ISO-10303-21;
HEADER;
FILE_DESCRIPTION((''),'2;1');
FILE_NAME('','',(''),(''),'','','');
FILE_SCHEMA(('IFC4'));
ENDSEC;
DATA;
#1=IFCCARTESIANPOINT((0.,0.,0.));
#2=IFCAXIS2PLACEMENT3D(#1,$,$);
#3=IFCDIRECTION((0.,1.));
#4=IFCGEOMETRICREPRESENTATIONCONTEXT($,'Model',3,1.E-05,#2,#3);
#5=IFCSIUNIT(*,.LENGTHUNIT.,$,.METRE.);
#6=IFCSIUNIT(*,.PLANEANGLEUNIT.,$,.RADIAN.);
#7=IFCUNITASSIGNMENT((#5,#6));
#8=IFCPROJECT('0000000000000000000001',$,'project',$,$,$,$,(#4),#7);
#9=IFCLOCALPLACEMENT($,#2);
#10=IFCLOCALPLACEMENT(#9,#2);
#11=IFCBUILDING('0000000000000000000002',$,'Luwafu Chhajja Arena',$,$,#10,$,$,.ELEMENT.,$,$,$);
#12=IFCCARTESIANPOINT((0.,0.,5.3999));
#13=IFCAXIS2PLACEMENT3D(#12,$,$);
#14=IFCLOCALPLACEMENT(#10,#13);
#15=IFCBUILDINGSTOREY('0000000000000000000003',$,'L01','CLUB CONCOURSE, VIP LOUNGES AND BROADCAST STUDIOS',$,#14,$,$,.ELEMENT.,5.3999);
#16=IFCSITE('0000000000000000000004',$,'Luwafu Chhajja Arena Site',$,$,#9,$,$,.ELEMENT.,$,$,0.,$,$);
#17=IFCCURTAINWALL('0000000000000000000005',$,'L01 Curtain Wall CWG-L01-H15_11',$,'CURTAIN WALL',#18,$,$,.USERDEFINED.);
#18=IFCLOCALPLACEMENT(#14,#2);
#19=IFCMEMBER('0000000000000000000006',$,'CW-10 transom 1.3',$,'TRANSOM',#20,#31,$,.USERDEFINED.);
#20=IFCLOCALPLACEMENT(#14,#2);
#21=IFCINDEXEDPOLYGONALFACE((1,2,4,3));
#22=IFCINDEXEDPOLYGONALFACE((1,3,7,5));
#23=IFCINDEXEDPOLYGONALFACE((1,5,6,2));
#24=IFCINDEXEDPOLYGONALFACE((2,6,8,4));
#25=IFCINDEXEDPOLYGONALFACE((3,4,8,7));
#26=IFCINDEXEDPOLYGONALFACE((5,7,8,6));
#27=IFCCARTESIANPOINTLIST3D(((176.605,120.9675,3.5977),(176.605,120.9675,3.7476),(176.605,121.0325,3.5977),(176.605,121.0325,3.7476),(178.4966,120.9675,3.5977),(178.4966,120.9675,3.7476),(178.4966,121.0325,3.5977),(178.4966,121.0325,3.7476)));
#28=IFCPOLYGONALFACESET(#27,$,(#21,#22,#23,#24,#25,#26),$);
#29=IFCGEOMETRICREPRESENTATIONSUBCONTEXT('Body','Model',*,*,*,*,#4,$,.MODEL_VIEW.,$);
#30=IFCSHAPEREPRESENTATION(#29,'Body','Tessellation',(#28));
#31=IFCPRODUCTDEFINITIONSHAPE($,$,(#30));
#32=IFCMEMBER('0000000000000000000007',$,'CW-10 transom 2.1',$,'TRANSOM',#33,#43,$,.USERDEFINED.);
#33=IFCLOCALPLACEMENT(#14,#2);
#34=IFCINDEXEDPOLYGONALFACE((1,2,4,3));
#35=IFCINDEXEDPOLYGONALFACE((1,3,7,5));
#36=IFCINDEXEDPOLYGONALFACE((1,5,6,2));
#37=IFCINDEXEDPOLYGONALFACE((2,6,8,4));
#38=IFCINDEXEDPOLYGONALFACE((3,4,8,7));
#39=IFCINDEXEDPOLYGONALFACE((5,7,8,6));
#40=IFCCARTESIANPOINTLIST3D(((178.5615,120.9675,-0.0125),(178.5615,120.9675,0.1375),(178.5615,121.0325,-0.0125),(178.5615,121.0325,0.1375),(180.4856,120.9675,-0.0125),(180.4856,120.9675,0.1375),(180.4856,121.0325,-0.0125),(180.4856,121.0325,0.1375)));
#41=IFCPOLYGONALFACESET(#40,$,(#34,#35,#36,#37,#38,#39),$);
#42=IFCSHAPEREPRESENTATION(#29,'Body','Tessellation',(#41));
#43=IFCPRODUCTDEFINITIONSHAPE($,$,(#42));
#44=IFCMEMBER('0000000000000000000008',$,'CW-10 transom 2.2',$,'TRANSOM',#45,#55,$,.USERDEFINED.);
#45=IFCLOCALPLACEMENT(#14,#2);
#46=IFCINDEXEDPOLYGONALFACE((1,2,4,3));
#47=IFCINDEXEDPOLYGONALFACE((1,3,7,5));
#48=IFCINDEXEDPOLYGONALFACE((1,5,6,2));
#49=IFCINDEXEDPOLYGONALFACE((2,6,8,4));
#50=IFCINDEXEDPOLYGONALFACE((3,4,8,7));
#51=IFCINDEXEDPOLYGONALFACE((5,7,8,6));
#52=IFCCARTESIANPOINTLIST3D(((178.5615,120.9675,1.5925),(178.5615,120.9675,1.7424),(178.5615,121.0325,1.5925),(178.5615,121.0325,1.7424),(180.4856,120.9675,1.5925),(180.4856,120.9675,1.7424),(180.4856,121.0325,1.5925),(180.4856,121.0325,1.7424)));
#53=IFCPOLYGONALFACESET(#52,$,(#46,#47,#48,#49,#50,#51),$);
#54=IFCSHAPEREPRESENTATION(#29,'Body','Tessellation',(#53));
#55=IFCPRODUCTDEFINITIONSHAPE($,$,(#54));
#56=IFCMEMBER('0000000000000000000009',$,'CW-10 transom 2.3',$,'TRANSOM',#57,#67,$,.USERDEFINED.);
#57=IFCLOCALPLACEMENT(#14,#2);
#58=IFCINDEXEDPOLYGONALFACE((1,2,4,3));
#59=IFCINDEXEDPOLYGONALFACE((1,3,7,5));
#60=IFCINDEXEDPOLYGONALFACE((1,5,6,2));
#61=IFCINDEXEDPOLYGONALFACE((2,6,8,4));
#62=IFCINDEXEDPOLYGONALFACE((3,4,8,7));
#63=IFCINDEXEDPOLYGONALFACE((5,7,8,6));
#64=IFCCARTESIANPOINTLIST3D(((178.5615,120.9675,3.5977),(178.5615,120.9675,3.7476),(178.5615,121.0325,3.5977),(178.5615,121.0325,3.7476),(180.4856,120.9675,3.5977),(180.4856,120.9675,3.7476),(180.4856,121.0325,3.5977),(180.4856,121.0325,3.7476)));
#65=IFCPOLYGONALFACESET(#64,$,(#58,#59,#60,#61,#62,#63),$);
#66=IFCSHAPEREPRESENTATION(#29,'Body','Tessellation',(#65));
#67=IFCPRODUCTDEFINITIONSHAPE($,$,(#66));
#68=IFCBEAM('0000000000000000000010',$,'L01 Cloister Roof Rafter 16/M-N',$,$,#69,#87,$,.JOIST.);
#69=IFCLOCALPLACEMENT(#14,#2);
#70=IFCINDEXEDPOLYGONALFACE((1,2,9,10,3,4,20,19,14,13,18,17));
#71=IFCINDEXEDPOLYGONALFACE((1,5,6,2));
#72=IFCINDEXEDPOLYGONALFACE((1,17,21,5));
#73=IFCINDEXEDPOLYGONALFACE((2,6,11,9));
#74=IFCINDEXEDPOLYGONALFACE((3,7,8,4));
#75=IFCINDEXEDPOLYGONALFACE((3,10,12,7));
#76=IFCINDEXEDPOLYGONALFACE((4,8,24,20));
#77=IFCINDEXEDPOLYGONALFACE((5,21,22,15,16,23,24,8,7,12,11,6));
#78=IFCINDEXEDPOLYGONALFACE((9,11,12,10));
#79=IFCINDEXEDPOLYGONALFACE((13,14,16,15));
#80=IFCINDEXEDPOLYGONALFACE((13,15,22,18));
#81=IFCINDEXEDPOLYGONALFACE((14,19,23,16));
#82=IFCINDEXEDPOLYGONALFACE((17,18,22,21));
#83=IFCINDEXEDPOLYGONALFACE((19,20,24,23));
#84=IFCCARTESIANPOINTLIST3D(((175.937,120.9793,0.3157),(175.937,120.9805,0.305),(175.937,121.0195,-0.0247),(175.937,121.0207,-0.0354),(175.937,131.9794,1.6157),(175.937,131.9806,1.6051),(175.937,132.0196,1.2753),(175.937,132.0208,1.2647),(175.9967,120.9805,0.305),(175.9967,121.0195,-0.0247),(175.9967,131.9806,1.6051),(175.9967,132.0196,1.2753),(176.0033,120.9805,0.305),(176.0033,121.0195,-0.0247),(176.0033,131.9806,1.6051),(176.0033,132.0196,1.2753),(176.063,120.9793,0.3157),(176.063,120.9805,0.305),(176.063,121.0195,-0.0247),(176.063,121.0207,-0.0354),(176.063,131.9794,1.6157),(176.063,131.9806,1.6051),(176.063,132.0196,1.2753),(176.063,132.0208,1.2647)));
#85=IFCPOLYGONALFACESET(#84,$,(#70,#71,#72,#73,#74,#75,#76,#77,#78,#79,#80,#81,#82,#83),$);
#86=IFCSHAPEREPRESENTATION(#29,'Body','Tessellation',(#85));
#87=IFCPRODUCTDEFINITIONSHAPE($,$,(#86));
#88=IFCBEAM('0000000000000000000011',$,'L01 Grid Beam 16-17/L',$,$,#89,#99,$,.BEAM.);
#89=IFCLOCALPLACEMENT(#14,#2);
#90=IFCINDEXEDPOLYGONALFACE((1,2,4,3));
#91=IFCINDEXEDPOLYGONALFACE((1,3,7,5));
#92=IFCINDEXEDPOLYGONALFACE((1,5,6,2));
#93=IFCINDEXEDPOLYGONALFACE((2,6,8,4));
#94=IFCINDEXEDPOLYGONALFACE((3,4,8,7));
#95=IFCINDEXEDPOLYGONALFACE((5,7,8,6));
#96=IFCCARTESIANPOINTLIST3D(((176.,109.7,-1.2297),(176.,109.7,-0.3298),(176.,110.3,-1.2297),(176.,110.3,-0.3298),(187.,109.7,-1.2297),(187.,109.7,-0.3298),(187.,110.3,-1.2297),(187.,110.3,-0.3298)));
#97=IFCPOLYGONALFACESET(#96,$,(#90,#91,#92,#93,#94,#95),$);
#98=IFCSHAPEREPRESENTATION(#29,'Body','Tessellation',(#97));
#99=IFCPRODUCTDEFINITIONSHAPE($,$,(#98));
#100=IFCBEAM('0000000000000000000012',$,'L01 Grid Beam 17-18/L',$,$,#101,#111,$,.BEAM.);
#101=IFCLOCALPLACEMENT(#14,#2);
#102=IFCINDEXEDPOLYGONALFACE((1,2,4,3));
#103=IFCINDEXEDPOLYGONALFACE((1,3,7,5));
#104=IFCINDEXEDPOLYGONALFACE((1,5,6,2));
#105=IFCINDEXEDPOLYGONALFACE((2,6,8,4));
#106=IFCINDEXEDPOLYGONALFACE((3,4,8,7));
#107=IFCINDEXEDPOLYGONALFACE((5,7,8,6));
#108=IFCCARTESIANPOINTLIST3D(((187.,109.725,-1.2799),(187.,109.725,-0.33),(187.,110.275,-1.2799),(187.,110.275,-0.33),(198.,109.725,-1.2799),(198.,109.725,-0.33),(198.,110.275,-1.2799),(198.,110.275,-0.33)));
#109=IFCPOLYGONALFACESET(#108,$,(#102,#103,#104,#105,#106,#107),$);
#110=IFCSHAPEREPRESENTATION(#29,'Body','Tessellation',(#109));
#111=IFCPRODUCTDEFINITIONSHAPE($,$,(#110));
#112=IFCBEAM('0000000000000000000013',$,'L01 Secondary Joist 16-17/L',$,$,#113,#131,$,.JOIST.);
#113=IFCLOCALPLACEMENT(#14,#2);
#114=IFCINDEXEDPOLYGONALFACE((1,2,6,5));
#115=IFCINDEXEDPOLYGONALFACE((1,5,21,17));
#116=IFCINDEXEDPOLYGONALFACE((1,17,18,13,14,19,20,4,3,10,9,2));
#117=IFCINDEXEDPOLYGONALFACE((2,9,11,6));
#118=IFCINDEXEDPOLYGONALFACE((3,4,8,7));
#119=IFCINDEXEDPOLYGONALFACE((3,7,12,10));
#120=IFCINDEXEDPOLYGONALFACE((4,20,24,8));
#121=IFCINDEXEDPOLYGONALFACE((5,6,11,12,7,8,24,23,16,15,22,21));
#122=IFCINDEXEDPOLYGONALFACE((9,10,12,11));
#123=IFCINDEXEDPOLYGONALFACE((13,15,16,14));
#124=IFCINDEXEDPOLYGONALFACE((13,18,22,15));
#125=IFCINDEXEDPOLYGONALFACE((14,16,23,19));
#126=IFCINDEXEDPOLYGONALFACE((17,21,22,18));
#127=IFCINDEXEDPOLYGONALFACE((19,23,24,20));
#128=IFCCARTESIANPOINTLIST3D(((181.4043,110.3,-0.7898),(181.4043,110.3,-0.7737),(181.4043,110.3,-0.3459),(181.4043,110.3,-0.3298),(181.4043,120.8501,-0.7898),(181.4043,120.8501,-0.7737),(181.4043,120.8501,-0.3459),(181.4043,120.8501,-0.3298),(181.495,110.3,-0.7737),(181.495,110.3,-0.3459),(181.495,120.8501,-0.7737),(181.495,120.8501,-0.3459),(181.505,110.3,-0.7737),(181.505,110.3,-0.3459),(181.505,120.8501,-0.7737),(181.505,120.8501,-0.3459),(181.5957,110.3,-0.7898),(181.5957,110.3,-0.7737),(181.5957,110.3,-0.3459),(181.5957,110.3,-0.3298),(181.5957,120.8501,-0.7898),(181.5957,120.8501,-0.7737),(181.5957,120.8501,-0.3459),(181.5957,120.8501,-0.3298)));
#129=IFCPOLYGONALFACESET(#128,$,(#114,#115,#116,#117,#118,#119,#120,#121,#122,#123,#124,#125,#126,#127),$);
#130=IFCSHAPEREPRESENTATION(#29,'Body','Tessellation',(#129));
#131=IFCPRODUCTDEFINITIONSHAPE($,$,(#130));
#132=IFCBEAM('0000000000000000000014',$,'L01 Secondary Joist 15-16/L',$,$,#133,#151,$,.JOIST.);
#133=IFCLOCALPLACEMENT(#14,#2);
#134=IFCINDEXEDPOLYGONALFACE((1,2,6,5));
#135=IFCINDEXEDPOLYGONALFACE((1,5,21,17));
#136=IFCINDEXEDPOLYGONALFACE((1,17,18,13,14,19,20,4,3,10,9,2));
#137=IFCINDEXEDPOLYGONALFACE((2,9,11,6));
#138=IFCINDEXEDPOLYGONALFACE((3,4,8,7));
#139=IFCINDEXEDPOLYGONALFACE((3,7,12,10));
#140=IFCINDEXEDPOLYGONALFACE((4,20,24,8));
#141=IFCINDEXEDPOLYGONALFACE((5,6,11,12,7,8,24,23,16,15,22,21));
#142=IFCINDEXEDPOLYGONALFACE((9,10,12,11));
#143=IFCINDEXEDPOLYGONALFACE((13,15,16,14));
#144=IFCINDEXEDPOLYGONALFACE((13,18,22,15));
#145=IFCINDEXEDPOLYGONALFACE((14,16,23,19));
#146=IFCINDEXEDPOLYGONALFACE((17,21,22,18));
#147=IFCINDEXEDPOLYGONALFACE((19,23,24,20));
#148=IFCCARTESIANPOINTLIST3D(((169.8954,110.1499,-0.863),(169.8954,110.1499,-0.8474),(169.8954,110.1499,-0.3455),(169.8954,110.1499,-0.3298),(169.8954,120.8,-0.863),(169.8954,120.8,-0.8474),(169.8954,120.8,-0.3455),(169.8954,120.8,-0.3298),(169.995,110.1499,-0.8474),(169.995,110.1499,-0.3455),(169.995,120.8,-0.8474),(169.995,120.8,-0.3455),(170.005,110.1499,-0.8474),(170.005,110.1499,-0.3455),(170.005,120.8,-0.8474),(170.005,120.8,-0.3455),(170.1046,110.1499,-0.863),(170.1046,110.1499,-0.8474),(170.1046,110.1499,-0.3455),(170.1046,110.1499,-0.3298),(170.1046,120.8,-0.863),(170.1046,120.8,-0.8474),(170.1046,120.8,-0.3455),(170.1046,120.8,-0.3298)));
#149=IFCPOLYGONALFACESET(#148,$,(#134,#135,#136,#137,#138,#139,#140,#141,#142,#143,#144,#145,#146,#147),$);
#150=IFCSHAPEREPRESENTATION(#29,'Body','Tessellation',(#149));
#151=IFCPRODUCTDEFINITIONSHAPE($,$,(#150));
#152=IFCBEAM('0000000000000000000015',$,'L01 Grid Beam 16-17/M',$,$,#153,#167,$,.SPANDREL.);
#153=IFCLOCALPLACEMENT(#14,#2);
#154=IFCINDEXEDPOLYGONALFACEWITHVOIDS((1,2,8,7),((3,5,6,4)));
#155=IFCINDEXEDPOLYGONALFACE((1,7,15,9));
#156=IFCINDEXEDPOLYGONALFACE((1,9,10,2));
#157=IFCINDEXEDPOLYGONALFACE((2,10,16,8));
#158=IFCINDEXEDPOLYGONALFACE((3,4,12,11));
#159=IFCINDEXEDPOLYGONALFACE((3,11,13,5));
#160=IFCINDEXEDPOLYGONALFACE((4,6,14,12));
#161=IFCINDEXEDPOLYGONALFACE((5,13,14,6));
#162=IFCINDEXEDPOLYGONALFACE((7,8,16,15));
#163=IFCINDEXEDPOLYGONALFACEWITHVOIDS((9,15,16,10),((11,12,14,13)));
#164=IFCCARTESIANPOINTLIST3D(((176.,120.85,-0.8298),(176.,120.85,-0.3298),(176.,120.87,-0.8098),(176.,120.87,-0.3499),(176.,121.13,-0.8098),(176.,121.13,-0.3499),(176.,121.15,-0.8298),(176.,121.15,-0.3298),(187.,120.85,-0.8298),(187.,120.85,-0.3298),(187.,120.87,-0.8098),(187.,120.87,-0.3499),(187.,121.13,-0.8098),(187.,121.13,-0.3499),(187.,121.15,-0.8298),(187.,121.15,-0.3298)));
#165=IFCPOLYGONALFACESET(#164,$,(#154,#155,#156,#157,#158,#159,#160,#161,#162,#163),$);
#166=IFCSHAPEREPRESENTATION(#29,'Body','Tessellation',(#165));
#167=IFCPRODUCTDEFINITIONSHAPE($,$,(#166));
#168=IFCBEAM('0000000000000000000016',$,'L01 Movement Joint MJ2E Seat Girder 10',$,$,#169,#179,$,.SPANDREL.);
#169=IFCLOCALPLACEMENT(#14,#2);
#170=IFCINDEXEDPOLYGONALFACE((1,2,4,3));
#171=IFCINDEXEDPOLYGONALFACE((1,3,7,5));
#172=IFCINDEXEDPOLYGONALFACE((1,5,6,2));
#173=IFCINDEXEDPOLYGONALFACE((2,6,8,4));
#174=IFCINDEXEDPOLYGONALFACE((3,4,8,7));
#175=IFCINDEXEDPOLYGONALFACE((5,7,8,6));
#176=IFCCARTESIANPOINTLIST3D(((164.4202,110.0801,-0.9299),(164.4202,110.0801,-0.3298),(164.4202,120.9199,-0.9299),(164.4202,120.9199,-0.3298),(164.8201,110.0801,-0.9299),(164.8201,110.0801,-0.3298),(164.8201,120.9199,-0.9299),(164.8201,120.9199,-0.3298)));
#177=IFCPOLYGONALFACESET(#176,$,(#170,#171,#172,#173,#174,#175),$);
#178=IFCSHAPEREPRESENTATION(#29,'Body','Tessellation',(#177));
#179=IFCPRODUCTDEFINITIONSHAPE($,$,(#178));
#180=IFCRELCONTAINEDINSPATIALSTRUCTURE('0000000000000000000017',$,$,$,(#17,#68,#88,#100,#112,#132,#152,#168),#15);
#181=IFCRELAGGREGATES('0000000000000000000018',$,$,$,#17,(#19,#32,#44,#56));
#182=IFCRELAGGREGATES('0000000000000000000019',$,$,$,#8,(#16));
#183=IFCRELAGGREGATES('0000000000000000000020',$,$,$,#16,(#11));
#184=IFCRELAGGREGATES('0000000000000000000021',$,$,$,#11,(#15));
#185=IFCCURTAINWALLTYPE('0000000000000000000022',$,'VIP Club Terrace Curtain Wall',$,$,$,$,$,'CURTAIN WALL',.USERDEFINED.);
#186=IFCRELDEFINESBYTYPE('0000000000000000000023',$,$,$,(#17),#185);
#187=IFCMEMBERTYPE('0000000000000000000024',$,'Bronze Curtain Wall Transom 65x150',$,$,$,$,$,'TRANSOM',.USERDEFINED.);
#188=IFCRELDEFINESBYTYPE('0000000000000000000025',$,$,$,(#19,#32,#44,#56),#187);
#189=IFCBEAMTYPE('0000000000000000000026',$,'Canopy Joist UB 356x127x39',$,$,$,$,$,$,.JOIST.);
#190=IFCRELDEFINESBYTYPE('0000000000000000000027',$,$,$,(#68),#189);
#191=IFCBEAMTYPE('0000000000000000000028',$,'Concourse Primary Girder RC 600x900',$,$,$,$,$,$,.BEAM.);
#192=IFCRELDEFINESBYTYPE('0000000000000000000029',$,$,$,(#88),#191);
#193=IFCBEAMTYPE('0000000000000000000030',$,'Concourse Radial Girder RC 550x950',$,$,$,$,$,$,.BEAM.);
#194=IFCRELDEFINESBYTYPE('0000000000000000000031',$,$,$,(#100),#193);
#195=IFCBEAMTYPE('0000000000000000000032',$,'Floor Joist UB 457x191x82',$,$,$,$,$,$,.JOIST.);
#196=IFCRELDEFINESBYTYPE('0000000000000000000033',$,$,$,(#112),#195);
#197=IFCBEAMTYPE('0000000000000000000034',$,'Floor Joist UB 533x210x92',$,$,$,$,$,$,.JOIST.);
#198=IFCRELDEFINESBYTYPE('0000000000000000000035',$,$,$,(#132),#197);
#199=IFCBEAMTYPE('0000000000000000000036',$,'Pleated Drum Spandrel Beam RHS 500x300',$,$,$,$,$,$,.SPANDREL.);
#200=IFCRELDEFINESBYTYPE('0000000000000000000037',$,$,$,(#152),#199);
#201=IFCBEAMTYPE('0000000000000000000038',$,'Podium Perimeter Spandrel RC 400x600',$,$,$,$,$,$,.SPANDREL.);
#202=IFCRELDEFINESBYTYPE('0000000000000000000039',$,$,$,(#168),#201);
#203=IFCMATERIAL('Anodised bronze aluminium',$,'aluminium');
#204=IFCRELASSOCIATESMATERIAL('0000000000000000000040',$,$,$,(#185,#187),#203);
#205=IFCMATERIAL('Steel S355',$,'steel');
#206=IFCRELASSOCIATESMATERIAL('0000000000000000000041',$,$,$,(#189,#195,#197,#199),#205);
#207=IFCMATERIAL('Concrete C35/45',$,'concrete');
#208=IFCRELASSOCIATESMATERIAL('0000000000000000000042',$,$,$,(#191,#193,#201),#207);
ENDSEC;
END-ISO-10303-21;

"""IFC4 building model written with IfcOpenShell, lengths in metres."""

from ifc_helpers import new_model, si_unit, direction, frame, origin, origin_2d, place, context, subcontext, project, spatial, rectangle, hollow_rectangle, i_section, extrude, material, material_profile, profile_set, type_object, element, aggregate, save


model = new_model("IFC4")

# Units and contexts
model_context = context("Model", 3, precision=1e-05, world=origin(), true_north=direction((0.0, 1.0)))
body_context = subcontext(model_context, "Body", "Model", "MODEL_VIEW")
ifc_project = project(units=[si_unit("LENGTHUNIT", "METRE"), si_unit("PLANEANGLEUNIT", "RADIAN")], contexts=[model_context])

# Site, building, storey
site_placement = place(None, origin())
site = spatial("IfcSite", under=ifc_project, at=site_placement, Name="Luwafu Chhajja Arena Site", CompositionType="ELEMENT", RefElevation=0.0)
building_placement = place(site_placement, origin())
building = spatial("IfcBuilding", under=site, at=building_placement, Name="Luwafu Chhajja Arena", CompositionType="ELEMENT")
storey_placement = place(building_placement, frame((0.0, 0.0, 5.3999)))
storey = spatial("IfcBuildingStorey", under=building, at=storey_placement, Name="L01", Description="CLUB CONCOURSE, VIP LOUNGES AND BROADCAST STUDIOS", CompositionType="ELEMENT", Elevation=5.3999)

# Curtain wall, members
ifc_material_1 = material(Name="Anodised bronze aluminium", Category="aluminium")
curtain_wall_type = type_object("IfcCurtainWallType", Name="VIP Club Terrace Curtain Wall", ElementType="CURTAIN WALL", PredefinedType="USERDEFINED", material=ifc_material_1)
curtain_wall_placement = place(storey_placement, origin())
curtain_wall = element("IfcCurtainWall", 1, at=curtain_wall_placement, inside=storey, type_object=curtain_wall_type, Name="L01 Curtain Wall CWG-L01-H15_11", ObjectType="CURTAIN WALL", PredefinedType="USERDEFINED")
ifc_material_profile_1 = material_profile(ifc_material_1, rectangle(XDim=0.0649, YDim=0.1499, at=origin_2d()), Name="CWT 65x150")
ifc_profile_set_1 = profile_set([ifc_material_profile_1], Name="Anodised bronze aluminium")
member_type_1 = type_object("IfcMemberType", Name="Bronze Curtain Wall Transom 65x150", ElementType="TRANSOM", PredefinedType="USERDEFINED", material=ifc_profile_set_1)
member_1_placement = place(storey_placement, frame((176.605, 121.0, 3.6726), z_axis=(1.0, 0.0, 0.0), x_axis=(0.0, 1.0, 0.0)))
member_1 = element("IfcMember", 2, at=member_1_placement, type_object=member_type_1, Name="CW-10 transom 1.3", ObjectType="TRANSOM", PredefinedType="USERDEFINED", context=body_context, shape_type="SweptSolid", body=[
    extrude(rectangle(XDim=0.0649, YDim=0.1499, at=origin_2d()), origin(), (0.0, 0.0, 1.0), 1.8916),
])
member_2_placement = place(storey_placement, frame((178.5615, 121.0, 0.0625), z_axis=(1.0, 0.0, 0.0), x_axis=(0.0, 1.0, 0.0)))
member_2 = element("IfcMember", 3, at=member_2_placement, type_object=member_type_1, Name="CW-10 transom 2.1", ObjectType="TRANSOM", PredefinedType="USERDEFINED", context=body_context, shape_type="SweptSolid", body=[
    extrude(rectangle(XDim=0.0649, YDim=0.1499, at=origin_2d()), origin(), (0.0, 0.0, 1.0), 1.9241),
])
member_3_placement = place(storey_placement, frame((178.5615, 121.0, 1.6675), z_axis=(1.0, 0.0, 0.0), x_axis=(0.0, 1.0, 0.0)))
member_3 = element("IfcMember", 4, at=member_3_placement, type_object=member_type_1, Name="CW-10 transom 2.2", ObjectType="TRANSOM", PredefinedType="USERDEFINED", context=body_context, shape_type="SweptSolid", body=[
    extrude(rectangle(XDim=0.0649, YDim=0.1499, at=origin_2d()), origin(), (0.0, 0.0, 1.0), 1.9241),
])
member_4_placement = place(storey_placement, frame((178.5615, 121.0, 3.6726), z_axis=(1.0, 0.0, 0.0), x_axis=(0.0, 1.0, 0.0)))
member_4 = element("IfcMember", 5, at=member_4_placement, type_object=member_type_1, Name="CW-10 transom 2.3", ObjectType="TRANSOM", PredefinedType="USERDEFINED", context=body_context, shape_type="SweptSolid", body=[
    extrude(rectangle(XDim=0.0649, YDim=0.1499, at=origin_2d()), origin(), (0.0, 0.0, 1.0), 1.9241),
])

# Beams
ifc_material_2 = material(Name="Steel S355", Category="steel")
ifc_material_profile_2 = material_profile(ifc_material_2, i_section(OverallWidth=0.126, OverallDepth=0.3535, WebThickness=0.0066, FlangeThickness=0.0107, at=origin_2d()), Name="UB 356x127x39")
ifc_profile_set_2 = profile_set([ifc_material_profile_2], Name="Steel S355")
beam_type_1 = type_object("IfcBeamType", Name="Canopy Joist UB 356x127x39", PredefinedType="JOIST", material=ifc_profile_set_2)
beam_1_placement = place(storey_placement, frame((176.0, 121.0, 0.1401), z_axis=(0.0, 0.993088, 0.117369), x_axis=(-1.0, 0.0, 0.0)))
element("IfcBeam", 6, at=beam_1_placement, inside=storey, type_object=beam_type_1, Name="L01 Cloister Roof Rafter 16/M-N", PredefinedType="JOIST", context=body_context, shape_type="SweptSolid", body=[
    extrude(i_section(OverallWidth=0.126, OverallDepth=0.3535, WebThickness=0.0066, FlangeThickness=0.0107, at=origin_2d()), origin(), (0.0, 0.0, 1.0), 11.0767),
])
ifc_material_3 = material(Name="Concrete C35/45", Category="concrete")
ifc_material_profile_3 = material_profile(ifc_material_3, rectangle(XDim=0.6001, YDim=0.8999, at=origin_2d()), Name="RC 600x900")
ifc_profile_set_3 = profile_set([ifc_material_profile_3], Name="Concrete C35/45")
beam_type_2 = type_object("IfcBeamType", Name="Concourse Primary Girder RC 600x900", PredefinedType="BEAM", material=ifc_profile_set_3)
beam_2_placement = place(storey_placement, frame((176.0, 110.0, -0.7798), z_axis=(1.0, 0.0, 0.0), x_axis=(0.0, 1.0, 0.0)))
element("IfcBeam", 7, at=beam_2_placement, inside=storey, type_object=beam_type_2, Name="L01 Grid Beam 16-17/L", PredefinedType="BEAM", context=body_context, shape_type="SweptSolid", body=[
    extrude(rectangle(XDim=0.6001, YDim=0.8999, at=origin_2d()), origin(), (0.0, 0.0, 1.0), 11.0),
])
ifc_material_profile_4 = material_profile(ifc_material_3, rectangle(XDim=0.55, YDim=0.95, at=origin_2d()), Name="RC 550x950")
ifc_profile_set_4 = profile_set([ifc_material_profile_4], Name="Concrete C35/45")
beam_type_3 = type_object("IfcBeamType", Name="Concourse Radial Girder RC 550x950", PredefinedType="BEAM", material=ifc_profile_set_4)
beam_3_placement = place(storey_placement, frame((187.0, 110.0, -0.8049), z_axis=(1.0, 0.0, 0.0), x_axis=(0.0, 1.0, 0.0)))
element("IfcBeam", 8, at=beam_3_placement, inside=storey, type_object=beam_type_3, Name="L01 Grid Beam 17-18/L", PredefinedType="BEAM", context=body_context, shape_type="SweptSolid", body=[
    extrude(rectangle(XDim=0.55, YDim=0.95, at=origin_2d()), origin(), (0.0, 0.0, 1.0), 11.0),
])
ifc_material_profile_5 = material_profile(ifc_material_2, i_section(OverallWidth=0.1914, OverallDepth=0.46, WebThickness=0.01, FlangeThickness=0.0161, at=origin_2d()), Name="UB 457x191x82")
ifc_profile_set_5 = profile_set([ifc_material_profile_5], Name="Steel S355")
beam_type_4 = type_object("IfcBeamType", Name="Floor Joist UB 457x191x82", PredefinedType="JOIST", material=ifc_profile_set_5)
beam_4_placement = place(storey_placement, frame((181.5, 110.3, -0.5598), z_axis=(0.0, 1.0, 0.0), x_axis=(-1.0, 0.0, 0.0)))
element("IfcBeam", 9, at=beam_4_placement, inside=storey, type_object=beam_type_4, Name="L01 Secondary Joist 16-17/L", PredefinedType="JOIST", context=body_context, shape_type="SweptSolid", body=[
    extrude(i_section(OverallWidth=0.1914, OverallDepth=0.46, WebThickness=0.01, FlangeThickness=0.0161, at=origin_2d()), origin(), (0.0, 0.0, 1.0), 10.55),
])
ifc_material_profile_6 = material_profile(ifc_material_2, i_section(OverallWidth=0.2092, OverallDepth=0.5332, WebThickness=0.01, FlangeThickness=0.0156, at=origin_2d()), Name="UB 533x210x92")
ifc_profile_set_6 = profile_set([ifc_material_profile_6], Name="Steel S355")
beam_type_5 = type_object("IfcBeamType", Name="Floor Joist UB 533x210x92", PredefinedType="JOIST", material=ifc_profile_set_6)
beam_5_placement = place(storey_placement, frame((170.0, 110.1499, -0.5964), z_axis=(0.0, 1.0, 0.0), x_axis=(-1.0, 0.0, 0.0)))
element("IfcBeam", 10, at=beam_5_placement, inside=storey, type_object=beam_type_5, Name="L01 Secondary Joist 15-16/L", PredefinedType="JOIST", context=body_context, shape_type="SweptSolid", body=[
    extrude(i_section(OverallWidth=0.2092, OverallDepth=0.5332, WebThickness=0.01, FlangeThickness=0.0156, at=origin_2d()), origin(), (0.0, 0.0, 1.0), 10.6501),
])
ifc_material_profile_7 = material_profile(ifc_material_2, hollow_rectangle(XDim=0.3, YDim=0.5, WallThickness=0.02, at=origin_2d()), Name="RHS 500x300x20")
ifc_profile_set_7 = profile_set([ifc_material_profile_7], Name="Steel S355")
beam_type_6 = type_object("IfcBeamType", Name="Pleated Drum Spandrel Beam RHS 500x300", PredefinedType="SPANDREL", material=ifc_profile_set_7)
beam_6_placement = place(storey_placement, frame((176.0, 121.0, -0.5798), z_axis=(1.0, 0.0, 0.0), x_axis=(0.0, 1.0, 0.0)))
element("IfcBeam", 11, at=beam_6_placement, inside=storey, type_object=beam_type_6, Name="L01 Grid Beam 16-17/M", PredefinedType="SPANDREL", context=body_context, shape_type="SweptSolid", body=[
    extrude(hollow_rectangle(XDim=0.3, YDim=0.5, WallThickness=0.02, at=origin_2d()), origin(), (0.0, 0.0, 1.0), 11.0),
])
ifc_material_profile_8 = material_profile(ifc_material_3, rectangle(XDim=0.3999, YDim=0.6001, at=origin_2d()), Name="RC 400x600")
ifc_profile_set_8 = profile_set([ifc_material_profile_8], Name="Concrete C35/45")
beam_type_7 = type_object("IfcBeamType", Name="Podium Perimeter Spandrel RC 400x600", PredefinedType="SPANDREL", material=ifc_profile_set_8)
beam_7_placement = place(storey_placement, frame((164.6201, 110.0801, -0.6299), z_axis=(0.0, 1.0, 0.0), x_axis=(-1.0, 0.0, 0.0)))
element("IfcBeam", 12, at=beam_7_placement, inside=storey, type_object=beam_type_7, Name="L01 Movement Joint MJ2E Seat Girder 10", PredefinedType="SPANDREL", context=body_context, shape_type="SweptSolid", body=[
    extrude(rectangle(XDim=0.3999, YDim=0.6001, at=origin_2d()), origin(), (0.0, 0.0, 1.0), 10.8398),
])

aggregate(curtain_wall, [member_1, member_2, member_3, member_4])

save(model, "model.ifc")
